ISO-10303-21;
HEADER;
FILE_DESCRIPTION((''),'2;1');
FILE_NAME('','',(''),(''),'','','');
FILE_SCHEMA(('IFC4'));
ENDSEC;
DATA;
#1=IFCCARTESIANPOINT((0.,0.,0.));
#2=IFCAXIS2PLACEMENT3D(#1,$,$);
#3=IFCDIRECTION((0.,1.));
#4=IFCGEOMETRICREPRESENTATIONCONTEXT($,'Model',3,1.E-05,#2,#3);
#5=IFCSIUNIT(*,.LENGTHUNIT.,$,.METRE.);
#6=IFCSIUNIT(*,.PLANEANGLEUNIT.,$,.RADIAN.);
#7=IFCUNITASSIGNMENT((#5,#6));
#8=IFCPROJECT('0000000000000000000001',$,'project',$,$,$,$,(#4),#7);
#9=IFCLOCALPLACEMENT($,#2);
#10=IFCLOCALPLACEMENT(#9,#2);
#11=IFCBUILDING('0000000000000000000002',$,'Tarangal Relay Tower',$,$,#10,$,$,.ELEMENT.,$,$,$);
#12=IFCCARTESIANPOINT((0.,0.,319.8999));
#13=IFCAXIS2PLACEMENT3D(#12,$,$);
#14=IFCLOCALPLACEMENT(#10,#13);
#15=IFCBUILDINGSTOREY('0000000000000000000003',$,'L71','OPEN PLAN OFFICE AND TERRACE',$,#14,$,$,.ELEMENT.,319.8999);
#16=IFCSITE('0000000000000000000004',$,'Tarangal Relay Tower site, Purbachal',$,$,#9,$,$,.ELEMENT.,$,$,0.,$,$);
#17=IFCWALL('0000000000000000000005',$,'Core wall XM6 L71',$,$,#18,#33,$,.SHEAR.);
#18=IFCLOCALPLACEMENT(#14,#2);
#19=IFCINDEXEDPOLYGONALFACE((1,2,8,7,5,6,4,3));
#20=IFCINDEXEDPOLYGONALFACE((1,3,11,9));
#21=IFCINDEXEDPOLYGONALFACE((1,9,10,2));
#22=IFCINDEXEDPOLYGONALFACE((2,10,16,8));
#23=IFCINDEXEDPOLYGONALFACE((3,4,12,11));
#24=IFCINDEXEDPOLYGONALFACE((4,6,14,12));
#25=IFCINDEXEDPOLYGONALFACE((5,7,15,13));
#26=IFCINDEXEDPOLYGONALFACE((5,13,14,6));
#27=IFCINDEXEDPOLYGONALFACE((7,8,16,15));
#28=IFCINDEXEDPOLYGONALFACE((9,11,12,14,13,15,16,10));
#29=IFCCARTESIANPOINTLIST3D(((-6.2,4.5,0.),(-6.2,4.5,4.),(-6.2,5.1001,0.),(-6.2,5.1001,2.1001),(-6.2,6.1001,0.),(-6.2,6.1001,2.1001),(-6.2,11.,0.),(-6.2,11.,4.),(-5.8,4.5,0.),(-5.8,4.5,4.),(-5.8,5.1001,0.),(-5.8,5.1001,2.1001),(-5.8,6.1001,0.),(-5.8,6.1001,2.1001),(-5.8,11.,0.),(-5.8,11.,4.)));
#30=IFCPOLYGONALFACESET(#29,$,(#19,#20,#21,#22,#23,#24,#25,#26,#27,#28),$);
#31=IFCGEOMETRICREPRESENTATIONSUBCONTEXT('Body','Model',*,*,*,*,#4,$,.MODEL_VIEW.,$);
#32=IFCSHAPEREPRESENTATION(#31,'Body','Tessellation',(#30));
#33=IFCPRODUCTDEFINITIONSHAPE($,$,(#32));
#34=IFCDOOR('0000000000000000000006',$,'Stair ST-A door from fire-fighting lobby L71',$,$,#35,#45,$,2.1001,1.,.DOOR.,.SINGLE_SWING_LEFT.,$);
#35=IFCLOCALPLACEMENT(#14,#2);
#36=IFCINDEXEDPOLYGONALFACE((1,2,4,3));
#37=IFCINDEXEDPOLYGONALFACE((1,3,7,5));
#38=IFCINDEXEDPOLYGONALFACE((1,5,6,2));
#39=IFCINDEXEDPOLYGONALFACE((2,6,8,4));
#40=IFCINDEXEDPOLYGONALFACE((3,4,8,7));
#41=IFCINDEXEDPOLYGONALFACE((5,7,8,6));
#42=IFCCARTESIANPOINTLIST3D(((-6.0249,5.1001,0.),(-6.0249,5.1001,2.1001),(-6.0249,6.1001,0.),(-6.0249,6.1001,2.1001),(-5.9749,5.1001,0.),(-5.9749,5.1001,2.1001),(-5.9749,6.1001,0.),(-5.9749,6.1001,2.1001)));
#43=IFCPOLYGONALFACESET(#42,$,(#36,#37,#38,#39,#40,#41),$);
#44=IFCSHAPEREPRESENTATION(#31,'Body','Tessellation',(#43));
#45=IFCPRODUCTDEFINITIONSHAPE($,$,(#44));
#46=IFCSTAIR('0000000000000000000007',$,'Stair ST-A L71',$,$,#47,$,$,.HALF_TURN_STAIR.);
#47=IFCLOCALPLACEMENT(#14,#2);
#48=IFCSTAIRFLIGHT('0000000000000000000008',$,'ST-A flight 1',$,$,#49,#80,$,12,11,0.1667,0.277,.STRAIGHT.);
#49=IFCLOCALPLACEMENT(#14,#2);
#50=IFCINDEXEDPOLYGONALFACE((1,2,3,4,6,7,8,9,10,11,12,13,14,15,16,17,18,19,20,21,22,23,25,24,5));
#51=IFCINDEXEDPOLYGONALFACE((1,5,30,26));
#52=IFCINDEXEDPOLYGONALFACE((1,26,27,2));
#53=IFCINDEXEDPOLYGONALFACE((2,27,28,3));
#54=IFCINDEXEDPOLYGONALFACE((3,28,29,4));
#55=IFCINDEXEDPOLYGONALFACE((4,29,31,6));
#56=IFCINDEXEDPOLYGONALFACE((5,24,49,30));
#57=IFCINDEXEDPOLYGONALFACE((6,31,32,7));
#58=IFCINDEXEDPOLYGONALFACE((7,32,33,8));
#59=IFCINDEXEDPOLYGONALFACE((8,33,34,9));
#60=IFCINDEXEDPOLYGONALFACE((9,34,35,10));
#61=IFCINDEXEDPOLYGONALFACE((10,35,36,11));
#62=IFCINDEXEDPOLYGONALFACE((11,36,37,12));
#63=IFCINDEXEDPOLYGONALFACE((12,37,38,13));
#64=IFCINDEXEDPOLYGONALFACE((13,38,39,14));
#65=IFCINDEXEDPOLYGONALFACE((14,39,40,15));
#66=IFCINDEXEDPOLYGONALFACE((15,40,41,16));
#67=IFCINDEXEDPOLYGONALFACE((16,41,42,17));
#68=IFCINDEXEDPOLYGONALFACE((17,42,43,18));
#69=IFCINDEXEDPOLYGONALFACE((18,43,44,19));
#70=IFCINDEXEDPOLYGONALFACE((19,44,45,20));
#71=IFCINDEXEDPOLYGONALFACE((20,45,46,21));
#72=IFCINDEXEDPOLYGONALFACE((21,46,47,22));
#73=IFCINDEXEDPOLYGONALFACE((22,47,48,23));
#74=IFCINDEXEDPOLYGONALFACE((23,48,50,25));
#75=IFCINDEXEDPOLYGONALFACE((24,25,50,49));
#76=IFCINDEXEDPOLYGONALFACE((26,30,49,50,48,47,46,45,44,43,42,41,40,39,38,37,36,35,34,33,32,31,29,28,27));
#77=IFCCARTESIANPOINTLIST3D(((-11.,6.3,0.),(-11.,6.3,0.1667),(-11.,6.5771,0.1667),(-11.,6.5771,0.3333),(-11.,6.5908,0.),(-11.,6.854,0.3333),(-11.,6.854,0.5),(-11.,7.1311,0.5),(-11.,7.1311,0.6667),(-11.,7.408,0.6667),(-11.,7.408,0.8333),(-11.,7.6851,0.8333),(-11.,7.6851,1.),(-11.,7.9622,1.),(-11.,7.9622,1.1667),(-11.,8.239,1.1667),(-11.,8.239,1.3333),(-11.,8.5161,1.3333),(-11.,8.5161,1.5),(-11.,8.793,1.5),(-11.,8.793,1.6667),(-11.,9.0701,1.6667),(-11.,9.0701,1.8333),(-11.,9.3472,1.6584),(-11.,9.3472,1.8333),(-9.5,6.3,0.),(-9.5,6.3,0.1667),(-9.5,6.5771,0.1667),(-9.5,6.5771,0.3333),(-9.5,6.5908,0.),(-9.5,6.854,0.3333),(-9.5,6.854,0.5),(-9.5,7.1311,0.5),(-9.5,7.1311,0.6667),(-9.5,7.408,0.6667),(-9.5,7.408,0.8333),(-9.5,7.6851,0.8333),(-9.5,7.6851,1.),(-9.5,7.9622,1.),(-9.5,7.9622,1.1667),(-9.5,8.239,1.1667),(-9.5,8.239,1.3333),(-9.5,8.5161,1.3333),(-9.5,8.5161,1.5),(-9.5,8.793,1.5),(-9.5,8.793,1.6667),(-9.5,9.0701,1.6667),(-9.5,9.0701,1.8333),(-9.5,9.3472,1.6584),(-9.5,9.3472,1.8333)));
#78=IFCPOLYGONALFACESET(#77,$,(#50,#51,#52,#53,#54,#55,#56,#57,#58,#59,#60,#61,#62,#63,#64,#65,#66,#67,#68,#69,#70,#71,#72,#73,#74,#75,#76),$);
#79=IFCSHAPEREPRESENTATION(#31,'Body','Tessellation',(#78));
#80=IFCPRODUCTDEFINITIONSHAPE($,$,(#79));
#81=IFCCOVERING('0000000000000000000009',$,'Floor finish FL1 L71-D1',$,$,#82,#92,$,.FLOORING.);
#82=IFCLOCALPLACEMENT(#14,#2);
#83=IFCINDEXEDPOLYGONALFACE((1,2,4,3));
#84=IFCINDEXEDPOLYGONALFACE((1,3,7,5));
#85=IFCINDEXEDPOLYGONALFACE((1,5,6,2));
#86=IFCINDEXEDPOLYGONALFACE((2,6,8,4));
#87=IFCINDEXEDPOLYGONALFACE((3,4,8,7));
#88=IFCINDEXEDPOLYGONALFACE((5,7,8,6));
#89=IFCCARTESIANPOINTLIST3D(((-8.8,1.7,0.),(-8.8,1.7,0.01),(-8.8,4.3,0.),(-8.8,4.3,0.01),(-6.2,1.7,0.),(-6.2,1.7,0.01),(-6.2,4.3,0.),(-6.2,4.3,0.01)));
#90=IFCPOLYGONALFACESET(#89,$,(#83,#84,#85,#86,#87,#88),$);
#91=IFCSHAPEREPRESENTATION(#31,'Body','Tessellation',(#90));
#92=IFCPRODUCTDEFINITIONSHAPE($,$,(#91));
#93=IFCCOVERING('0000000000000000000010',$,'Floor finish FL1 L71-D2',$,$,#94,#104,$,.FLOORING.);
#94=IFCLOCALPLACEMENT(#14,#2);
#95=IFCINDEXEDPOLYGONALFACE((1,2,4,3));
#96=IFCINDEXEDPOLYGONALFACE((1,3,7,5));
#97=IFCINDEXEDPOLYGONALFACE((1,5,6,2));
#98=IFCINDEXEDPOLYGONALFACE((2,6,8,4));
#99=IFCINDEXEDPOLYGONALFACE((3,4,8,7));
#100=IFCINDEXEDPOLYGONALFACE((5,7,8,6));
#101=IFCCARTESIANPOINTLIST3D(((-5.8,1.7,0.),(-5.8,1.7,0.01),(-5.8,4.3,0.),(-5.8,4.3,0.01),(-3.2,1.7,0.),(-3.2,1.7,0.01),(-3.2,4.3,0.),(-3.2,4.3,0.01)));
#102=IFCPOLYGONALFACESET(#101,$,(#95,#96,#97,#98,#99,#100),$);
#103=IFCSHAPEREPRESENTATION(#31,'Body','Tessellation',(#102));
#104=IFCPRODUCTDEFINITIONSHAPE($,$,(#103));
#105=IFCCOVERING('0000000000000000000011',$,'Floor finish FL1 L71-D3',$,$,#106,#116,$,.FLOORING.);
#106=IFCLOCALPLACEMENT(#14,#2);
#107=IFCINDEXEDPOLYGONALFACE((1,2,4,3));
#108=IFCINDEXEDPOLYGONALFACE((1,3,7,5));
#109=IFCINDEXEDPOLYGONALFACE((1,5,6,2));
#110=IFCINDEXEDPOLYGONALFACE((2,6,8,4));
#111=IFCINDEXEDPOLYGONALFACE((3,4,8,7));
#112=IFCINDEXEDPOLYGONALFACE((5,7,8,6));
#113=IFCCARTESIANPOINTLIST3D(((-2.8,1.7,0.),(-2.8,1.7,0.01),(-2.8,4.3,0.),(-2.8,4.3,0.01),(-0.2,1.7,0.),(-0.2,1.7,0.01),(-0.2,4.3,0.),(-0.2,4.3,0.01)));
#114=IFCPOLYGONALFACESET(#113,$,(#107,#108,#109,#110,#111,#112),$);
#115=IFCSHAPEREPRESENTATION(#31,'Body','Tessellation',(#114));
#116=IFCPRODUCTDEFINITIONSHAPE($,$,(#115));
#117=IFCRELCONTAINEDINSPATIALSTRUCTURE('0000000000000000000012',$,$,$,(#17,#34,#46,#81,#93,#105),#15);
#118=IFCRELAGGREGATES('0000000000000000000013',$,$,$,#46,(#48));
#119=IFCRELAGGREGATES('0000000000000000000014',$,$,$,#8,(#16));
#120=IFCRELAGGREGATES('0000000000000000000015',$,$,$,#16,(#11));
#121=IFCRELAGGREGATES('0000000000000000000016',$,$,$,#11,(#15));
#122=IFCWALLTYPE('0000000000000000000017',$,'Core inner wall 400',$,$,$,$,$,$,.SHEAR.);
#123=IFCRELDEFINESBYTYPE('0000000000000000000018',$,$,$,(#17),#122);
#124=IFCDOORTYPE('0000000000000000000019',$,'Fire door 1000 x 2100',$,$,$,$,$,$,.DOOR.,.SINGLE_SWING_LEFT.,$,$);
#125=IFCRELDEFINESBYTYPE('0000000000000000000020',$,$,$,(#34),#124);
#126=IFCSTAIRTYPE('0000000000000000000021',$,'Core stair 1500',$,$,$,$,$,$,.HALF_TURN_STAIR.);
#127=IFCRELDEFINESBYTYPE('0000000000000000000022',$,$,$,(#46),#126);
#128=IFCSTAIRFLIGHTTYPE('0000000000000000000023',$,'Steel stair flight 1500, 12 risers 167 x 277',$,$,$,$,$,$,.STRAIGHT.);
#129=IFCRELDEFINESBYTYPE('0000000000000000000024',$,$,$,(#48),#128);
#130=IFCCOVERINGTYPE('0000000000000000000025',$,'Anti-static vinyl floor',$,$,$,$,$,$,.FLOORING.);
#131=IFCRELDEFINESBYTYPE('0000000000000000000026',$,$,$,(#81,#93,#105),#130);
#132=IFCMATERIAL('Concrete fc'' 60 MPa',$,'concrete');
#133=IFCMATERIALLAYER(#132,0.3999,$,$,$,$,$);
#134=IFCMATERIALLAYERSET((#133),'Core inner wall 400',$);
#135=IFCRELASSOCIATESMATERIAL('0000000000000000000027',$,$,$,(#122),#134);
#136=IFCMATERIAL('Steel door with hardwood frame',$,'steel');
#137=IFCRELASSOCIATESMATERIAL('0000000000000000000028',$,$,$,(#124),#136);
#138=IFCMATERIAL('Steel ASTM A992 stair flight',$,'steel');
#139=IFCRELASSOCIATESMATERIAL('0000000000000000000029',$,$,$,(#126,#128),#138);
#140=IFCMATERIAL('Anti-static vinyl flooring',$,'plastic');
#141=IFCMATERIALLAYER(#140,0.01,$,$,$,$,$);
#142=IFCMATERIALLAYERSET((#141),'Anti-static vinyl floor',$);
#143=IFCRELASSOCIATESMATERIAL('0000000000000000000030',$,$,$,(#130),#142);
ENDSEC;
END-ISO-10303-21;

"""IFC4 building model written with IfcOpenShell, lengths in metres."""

from ifc_helpers import new_model, si_unit, direction, frame, frame_2d, origin, place, context, subcontext, project, spatial, polyline, rectangle, outline, extrude, material, layer, layer_set, type_object, element, fill, aggregate, save


model = new_model("IFC4")

# Units and contexts
model_context = context("Model", 3, precision=1e-05, world=origin(), true_north=direction((0.0, 1.0)))
body_context = subcontext(model_context, "Body", "Model", "MODEL_VIEW")
ifc_project = project(units=[si_unit("LENGTHUNIT", "METRE"), si_unit("PLANEANGLEUNIT", "RADIAN")], contexts=[model_context])

# Site, building, storey
site_placement = place(None, origin())
site = spatial("IfcSite", under=ifc_project, at=site_placement, Name="Tarangal Relay Tower site, Purbachal", CompositionType="ELEMENT", RefElevation=0.0)
building_placement = place(site_placement, origin())
building = spatial("IfcBuilding", under=site, at=building_placement, Name="Tarangal Relay Tower", CompositionType="ELEMENT")
storey_placement = place(building_placement, frame((0.0, 0.0, 319.8999)))
storey = spatial("IfcBuildingStorey", under=building, at=storey_placement, Name="L71", Description="OPEN PLAN OFFICE AND TERRACE", CompositionType="ELEMENT", Elevation=319.8999)

# Shared definitions
ifc_material_1 = material(Name="Concrete fc' 60 MPa", Category="concrete")
ifc_layer_1 = layer(ifc_material_1, 0.3999)
ifc_layer_set_1 = layer_set([ifc_layer_1], Name="Core inner wall 400")
wall_type = type_object("IfcWallType", Name="Core inner wall 400", PredefinedType="SHEAR", material=ifc_layer_set_1)
ifc_material_2 = material(Name="Steel door with hardwood frame", Category="steel")

# Wall, opening, door
wall_1_placement = place(storey_placement, frame((-6.0, 4.5, 0.0), z_axis=(0.0, 0.0, 1.0), x_axis=(0.0, 1.0, 0.0)))
wall_1 = element("IfcWall", 1, at=wall_1_placement, inside=storey, type_object=wall_type, Name="Core wall XM6 L71", PredefinedType="SHEAR", context=body_context, shape_type="SweptSolid", body=[
    extrude(rectangle(XDim=6.5, YDim=0.3999, at=frame_2d((3.25, 0.0))), origin(), (0.0, 0.0, 1.0), 4.0),
])
opening_1_placement = place(wall_1_placement, frame((0.6001, 0.0, 0.0)))
opening_1 = element("IfcOpeningElement", 2, at=opening_1_placement, cuts=wall_1, PredefinedType="OPENING", context=body_context, shape_type="SweptSolid", body=[
    extrude(rectangle(XDim=1.0, YDim=2.1001, at=frame_2d((0.5, 1.05))), frame((0.0, 0.21, 0.0), z_axis=(0.0, -1.0, 0.0), x_axis=(1.0, 0.0, 0.0)), (0.0, 0.0, 1.0), 0.4199),
])
door_type_1 = type_object("IfcDoorType", Name="Fire door 1000 x 2100", OperationType="SINGLE_SWING_LEFT", PredefinedType="DOOR", material=ifc_material_2)
door_1_placement = place(opening_1_placement, origin())
door_1 = element("IfcDoor", 3, at=door_1_placement, inside=storey, type_object=door_type_1, Name="Stair ST-A door from fire-fighting lobby L71", OperationType="SINGLE_SWING_LEFT", OverallHeight=2.1001, OverallWidth=1.0, PredefinedType="DOOR", context=body_context, shape_type="SweptSolid", body=[
    extrude(rectangle(XDim=1.0, YDim=2.1001, at=frame_2d((0.5, 1.05))), frame((0.0, 0.0249, 0.0), z_axis=(0.0, -1.0, 0.0), x_axis=(1.0, 0.0, 0.0)), (0.0, 0.0, 1.0), 0.05),
])
fill(opening_1, door_1)

# Stair, stair flight
ifc_material_3 = material(Name="Steel ASTM A992 stair flight", Category="steel")
stair_type = type_object("IfcStairType", Name="Core stair 1500", PredefinedType="HALF_TURN_STAIR", material=ifc_material_3)
stair_placement = place(storey_placement, origin())
stair = element("IfcStair", 4, at=stair_placement, inside=storey, type_object=stair_type, Name="Stair ST-A L71", PredefinedType="HALF_TURN_STAIR")
stair_flight_type = type_object("IfcStairFlightType", Name="Steel stair flight 1500, 12 risers 167 x 277", PredefinedType="STRAIGHT", material=ifc_material_3)
stair_flight_placement = place(storey_placement, frame((-10.25, 6.3, 0.0), z_axis=(0.0, 0.0, 1.0), x_axis=(0.0, 1.0, 0.0)))
stair_flight = element("IfcStairFlight", 5, at=stair_flight_placement, type_object=stair_flight_type, Name="ST-A flight 1", NumberOfRisers=12, NumberOfTreads=11, PredefinedType="STRAIGHT", RiserHeight=0.1667, TreadLength=0.277, context=body_context, shape_type="SweptSolid", body=[
    extrude(outline(polyline([(0.0, 0.0), (0.0, 0.1667), (0.2771, 0.1667), (0.2771, 0.3333), (0.554, 0.3333), (0.554, 0.5), (0.8311, 0.5), (0.8311, 0.6667), (1.1079, 0.6667), (1.1079, 0.8333), (1.385, 0.8333), (1.385, 1.0), (1.6621, 1.0), (1.6621, 1.1667), (1.939, 1.1667), (1.939, 1.3333), (2.2161, 1.3333), (2.2161, 1.5), (2.4929, 1.5), (2.4929, 1.6667), (2.77, 1.6667), (2.77, 1.8333), (3.0471, 1.8333), (3.0471, 2.0), (3.0471, 1.6584), (0.2908, 0.0), (0.0, 0.0)])), frame((0.0, 0.75, 0.0), z_axis=(0.0, -1.0, 0.0), x_axis=(1.0, 0.0, 0.0)), (0.0, 0.0, 1.0), 1.5),
])
aggregate(stair, [stair_flight])

# Coverings
ifc_material_4 = material(Name="Anti-static vinyl flooring", Category="plastic")
ifc_layer_2 = layer(ifc_material_4, 0.01)
ifc_layer_set_2 = layer_set([ifc_layer_2], Name="Anti-static vinyl floor")
covering_type_1 = type_object("IfcCoveringType", Name="Anti-static vinyl floor", PredefinedType="FLOORING", material=ifc_layer_set_2)
covering_1_placement = place(storey_placement, origin())
element("IfcCovering", 6, at=covering_1_placement, inside=storey, type_object=covering_type_1, Name="Floor finish FL1 L71-D1", PredefinedType="FLOORING", context=body_context, shape_type="SweptSolid", body=[
    extrude(outline(polyline([(-8.8, 1.7), (-6.2, 1.7), (-6.2, 4.3), (-8.8, 4.3), (-8.8, 1.7)])), origin(), (0.0, 0.0, 1.0), 0.01),
])
covering_2_placement = place(storey_placement, origin())
element("IfcCovering", 7, at=covering_2_placement, inside=storey, type_object=covering_type_1, Name="Floor finish FL1 L71-D2", PredefinedType="FLOORING", context=body_context, shape_type="SweptSolid", body=[
    extrude(outline(polyline([(-5.8, 1.7), (-3.2, 1.7), (-3.2, 4.3), (-5.8, 4.3), (-5.8, 1.7)])), origin(), (0.0, 0.0, 1.0), 0.01),
])
covering_3_placement = place(storey_placement, origin())
element("IfcCovering", 8, at=covering_3_placement, inside=storey, type_object=covering_type_1, Name="Floor finish FL1 L71-D3", PredefinedType="FLOORING", context=body_context, shape_type="SweptSolid", body=[
    extrude(outline(polyline([(-2.8, 1.7), (-0.2, 1.7), (-0.2, 4.3), (-2.8, 4.3), (-2.8, 1.7)])), origin(), (0.0, 0.0, 1.0), 0.01),
])

save(model, "model.ifc")
